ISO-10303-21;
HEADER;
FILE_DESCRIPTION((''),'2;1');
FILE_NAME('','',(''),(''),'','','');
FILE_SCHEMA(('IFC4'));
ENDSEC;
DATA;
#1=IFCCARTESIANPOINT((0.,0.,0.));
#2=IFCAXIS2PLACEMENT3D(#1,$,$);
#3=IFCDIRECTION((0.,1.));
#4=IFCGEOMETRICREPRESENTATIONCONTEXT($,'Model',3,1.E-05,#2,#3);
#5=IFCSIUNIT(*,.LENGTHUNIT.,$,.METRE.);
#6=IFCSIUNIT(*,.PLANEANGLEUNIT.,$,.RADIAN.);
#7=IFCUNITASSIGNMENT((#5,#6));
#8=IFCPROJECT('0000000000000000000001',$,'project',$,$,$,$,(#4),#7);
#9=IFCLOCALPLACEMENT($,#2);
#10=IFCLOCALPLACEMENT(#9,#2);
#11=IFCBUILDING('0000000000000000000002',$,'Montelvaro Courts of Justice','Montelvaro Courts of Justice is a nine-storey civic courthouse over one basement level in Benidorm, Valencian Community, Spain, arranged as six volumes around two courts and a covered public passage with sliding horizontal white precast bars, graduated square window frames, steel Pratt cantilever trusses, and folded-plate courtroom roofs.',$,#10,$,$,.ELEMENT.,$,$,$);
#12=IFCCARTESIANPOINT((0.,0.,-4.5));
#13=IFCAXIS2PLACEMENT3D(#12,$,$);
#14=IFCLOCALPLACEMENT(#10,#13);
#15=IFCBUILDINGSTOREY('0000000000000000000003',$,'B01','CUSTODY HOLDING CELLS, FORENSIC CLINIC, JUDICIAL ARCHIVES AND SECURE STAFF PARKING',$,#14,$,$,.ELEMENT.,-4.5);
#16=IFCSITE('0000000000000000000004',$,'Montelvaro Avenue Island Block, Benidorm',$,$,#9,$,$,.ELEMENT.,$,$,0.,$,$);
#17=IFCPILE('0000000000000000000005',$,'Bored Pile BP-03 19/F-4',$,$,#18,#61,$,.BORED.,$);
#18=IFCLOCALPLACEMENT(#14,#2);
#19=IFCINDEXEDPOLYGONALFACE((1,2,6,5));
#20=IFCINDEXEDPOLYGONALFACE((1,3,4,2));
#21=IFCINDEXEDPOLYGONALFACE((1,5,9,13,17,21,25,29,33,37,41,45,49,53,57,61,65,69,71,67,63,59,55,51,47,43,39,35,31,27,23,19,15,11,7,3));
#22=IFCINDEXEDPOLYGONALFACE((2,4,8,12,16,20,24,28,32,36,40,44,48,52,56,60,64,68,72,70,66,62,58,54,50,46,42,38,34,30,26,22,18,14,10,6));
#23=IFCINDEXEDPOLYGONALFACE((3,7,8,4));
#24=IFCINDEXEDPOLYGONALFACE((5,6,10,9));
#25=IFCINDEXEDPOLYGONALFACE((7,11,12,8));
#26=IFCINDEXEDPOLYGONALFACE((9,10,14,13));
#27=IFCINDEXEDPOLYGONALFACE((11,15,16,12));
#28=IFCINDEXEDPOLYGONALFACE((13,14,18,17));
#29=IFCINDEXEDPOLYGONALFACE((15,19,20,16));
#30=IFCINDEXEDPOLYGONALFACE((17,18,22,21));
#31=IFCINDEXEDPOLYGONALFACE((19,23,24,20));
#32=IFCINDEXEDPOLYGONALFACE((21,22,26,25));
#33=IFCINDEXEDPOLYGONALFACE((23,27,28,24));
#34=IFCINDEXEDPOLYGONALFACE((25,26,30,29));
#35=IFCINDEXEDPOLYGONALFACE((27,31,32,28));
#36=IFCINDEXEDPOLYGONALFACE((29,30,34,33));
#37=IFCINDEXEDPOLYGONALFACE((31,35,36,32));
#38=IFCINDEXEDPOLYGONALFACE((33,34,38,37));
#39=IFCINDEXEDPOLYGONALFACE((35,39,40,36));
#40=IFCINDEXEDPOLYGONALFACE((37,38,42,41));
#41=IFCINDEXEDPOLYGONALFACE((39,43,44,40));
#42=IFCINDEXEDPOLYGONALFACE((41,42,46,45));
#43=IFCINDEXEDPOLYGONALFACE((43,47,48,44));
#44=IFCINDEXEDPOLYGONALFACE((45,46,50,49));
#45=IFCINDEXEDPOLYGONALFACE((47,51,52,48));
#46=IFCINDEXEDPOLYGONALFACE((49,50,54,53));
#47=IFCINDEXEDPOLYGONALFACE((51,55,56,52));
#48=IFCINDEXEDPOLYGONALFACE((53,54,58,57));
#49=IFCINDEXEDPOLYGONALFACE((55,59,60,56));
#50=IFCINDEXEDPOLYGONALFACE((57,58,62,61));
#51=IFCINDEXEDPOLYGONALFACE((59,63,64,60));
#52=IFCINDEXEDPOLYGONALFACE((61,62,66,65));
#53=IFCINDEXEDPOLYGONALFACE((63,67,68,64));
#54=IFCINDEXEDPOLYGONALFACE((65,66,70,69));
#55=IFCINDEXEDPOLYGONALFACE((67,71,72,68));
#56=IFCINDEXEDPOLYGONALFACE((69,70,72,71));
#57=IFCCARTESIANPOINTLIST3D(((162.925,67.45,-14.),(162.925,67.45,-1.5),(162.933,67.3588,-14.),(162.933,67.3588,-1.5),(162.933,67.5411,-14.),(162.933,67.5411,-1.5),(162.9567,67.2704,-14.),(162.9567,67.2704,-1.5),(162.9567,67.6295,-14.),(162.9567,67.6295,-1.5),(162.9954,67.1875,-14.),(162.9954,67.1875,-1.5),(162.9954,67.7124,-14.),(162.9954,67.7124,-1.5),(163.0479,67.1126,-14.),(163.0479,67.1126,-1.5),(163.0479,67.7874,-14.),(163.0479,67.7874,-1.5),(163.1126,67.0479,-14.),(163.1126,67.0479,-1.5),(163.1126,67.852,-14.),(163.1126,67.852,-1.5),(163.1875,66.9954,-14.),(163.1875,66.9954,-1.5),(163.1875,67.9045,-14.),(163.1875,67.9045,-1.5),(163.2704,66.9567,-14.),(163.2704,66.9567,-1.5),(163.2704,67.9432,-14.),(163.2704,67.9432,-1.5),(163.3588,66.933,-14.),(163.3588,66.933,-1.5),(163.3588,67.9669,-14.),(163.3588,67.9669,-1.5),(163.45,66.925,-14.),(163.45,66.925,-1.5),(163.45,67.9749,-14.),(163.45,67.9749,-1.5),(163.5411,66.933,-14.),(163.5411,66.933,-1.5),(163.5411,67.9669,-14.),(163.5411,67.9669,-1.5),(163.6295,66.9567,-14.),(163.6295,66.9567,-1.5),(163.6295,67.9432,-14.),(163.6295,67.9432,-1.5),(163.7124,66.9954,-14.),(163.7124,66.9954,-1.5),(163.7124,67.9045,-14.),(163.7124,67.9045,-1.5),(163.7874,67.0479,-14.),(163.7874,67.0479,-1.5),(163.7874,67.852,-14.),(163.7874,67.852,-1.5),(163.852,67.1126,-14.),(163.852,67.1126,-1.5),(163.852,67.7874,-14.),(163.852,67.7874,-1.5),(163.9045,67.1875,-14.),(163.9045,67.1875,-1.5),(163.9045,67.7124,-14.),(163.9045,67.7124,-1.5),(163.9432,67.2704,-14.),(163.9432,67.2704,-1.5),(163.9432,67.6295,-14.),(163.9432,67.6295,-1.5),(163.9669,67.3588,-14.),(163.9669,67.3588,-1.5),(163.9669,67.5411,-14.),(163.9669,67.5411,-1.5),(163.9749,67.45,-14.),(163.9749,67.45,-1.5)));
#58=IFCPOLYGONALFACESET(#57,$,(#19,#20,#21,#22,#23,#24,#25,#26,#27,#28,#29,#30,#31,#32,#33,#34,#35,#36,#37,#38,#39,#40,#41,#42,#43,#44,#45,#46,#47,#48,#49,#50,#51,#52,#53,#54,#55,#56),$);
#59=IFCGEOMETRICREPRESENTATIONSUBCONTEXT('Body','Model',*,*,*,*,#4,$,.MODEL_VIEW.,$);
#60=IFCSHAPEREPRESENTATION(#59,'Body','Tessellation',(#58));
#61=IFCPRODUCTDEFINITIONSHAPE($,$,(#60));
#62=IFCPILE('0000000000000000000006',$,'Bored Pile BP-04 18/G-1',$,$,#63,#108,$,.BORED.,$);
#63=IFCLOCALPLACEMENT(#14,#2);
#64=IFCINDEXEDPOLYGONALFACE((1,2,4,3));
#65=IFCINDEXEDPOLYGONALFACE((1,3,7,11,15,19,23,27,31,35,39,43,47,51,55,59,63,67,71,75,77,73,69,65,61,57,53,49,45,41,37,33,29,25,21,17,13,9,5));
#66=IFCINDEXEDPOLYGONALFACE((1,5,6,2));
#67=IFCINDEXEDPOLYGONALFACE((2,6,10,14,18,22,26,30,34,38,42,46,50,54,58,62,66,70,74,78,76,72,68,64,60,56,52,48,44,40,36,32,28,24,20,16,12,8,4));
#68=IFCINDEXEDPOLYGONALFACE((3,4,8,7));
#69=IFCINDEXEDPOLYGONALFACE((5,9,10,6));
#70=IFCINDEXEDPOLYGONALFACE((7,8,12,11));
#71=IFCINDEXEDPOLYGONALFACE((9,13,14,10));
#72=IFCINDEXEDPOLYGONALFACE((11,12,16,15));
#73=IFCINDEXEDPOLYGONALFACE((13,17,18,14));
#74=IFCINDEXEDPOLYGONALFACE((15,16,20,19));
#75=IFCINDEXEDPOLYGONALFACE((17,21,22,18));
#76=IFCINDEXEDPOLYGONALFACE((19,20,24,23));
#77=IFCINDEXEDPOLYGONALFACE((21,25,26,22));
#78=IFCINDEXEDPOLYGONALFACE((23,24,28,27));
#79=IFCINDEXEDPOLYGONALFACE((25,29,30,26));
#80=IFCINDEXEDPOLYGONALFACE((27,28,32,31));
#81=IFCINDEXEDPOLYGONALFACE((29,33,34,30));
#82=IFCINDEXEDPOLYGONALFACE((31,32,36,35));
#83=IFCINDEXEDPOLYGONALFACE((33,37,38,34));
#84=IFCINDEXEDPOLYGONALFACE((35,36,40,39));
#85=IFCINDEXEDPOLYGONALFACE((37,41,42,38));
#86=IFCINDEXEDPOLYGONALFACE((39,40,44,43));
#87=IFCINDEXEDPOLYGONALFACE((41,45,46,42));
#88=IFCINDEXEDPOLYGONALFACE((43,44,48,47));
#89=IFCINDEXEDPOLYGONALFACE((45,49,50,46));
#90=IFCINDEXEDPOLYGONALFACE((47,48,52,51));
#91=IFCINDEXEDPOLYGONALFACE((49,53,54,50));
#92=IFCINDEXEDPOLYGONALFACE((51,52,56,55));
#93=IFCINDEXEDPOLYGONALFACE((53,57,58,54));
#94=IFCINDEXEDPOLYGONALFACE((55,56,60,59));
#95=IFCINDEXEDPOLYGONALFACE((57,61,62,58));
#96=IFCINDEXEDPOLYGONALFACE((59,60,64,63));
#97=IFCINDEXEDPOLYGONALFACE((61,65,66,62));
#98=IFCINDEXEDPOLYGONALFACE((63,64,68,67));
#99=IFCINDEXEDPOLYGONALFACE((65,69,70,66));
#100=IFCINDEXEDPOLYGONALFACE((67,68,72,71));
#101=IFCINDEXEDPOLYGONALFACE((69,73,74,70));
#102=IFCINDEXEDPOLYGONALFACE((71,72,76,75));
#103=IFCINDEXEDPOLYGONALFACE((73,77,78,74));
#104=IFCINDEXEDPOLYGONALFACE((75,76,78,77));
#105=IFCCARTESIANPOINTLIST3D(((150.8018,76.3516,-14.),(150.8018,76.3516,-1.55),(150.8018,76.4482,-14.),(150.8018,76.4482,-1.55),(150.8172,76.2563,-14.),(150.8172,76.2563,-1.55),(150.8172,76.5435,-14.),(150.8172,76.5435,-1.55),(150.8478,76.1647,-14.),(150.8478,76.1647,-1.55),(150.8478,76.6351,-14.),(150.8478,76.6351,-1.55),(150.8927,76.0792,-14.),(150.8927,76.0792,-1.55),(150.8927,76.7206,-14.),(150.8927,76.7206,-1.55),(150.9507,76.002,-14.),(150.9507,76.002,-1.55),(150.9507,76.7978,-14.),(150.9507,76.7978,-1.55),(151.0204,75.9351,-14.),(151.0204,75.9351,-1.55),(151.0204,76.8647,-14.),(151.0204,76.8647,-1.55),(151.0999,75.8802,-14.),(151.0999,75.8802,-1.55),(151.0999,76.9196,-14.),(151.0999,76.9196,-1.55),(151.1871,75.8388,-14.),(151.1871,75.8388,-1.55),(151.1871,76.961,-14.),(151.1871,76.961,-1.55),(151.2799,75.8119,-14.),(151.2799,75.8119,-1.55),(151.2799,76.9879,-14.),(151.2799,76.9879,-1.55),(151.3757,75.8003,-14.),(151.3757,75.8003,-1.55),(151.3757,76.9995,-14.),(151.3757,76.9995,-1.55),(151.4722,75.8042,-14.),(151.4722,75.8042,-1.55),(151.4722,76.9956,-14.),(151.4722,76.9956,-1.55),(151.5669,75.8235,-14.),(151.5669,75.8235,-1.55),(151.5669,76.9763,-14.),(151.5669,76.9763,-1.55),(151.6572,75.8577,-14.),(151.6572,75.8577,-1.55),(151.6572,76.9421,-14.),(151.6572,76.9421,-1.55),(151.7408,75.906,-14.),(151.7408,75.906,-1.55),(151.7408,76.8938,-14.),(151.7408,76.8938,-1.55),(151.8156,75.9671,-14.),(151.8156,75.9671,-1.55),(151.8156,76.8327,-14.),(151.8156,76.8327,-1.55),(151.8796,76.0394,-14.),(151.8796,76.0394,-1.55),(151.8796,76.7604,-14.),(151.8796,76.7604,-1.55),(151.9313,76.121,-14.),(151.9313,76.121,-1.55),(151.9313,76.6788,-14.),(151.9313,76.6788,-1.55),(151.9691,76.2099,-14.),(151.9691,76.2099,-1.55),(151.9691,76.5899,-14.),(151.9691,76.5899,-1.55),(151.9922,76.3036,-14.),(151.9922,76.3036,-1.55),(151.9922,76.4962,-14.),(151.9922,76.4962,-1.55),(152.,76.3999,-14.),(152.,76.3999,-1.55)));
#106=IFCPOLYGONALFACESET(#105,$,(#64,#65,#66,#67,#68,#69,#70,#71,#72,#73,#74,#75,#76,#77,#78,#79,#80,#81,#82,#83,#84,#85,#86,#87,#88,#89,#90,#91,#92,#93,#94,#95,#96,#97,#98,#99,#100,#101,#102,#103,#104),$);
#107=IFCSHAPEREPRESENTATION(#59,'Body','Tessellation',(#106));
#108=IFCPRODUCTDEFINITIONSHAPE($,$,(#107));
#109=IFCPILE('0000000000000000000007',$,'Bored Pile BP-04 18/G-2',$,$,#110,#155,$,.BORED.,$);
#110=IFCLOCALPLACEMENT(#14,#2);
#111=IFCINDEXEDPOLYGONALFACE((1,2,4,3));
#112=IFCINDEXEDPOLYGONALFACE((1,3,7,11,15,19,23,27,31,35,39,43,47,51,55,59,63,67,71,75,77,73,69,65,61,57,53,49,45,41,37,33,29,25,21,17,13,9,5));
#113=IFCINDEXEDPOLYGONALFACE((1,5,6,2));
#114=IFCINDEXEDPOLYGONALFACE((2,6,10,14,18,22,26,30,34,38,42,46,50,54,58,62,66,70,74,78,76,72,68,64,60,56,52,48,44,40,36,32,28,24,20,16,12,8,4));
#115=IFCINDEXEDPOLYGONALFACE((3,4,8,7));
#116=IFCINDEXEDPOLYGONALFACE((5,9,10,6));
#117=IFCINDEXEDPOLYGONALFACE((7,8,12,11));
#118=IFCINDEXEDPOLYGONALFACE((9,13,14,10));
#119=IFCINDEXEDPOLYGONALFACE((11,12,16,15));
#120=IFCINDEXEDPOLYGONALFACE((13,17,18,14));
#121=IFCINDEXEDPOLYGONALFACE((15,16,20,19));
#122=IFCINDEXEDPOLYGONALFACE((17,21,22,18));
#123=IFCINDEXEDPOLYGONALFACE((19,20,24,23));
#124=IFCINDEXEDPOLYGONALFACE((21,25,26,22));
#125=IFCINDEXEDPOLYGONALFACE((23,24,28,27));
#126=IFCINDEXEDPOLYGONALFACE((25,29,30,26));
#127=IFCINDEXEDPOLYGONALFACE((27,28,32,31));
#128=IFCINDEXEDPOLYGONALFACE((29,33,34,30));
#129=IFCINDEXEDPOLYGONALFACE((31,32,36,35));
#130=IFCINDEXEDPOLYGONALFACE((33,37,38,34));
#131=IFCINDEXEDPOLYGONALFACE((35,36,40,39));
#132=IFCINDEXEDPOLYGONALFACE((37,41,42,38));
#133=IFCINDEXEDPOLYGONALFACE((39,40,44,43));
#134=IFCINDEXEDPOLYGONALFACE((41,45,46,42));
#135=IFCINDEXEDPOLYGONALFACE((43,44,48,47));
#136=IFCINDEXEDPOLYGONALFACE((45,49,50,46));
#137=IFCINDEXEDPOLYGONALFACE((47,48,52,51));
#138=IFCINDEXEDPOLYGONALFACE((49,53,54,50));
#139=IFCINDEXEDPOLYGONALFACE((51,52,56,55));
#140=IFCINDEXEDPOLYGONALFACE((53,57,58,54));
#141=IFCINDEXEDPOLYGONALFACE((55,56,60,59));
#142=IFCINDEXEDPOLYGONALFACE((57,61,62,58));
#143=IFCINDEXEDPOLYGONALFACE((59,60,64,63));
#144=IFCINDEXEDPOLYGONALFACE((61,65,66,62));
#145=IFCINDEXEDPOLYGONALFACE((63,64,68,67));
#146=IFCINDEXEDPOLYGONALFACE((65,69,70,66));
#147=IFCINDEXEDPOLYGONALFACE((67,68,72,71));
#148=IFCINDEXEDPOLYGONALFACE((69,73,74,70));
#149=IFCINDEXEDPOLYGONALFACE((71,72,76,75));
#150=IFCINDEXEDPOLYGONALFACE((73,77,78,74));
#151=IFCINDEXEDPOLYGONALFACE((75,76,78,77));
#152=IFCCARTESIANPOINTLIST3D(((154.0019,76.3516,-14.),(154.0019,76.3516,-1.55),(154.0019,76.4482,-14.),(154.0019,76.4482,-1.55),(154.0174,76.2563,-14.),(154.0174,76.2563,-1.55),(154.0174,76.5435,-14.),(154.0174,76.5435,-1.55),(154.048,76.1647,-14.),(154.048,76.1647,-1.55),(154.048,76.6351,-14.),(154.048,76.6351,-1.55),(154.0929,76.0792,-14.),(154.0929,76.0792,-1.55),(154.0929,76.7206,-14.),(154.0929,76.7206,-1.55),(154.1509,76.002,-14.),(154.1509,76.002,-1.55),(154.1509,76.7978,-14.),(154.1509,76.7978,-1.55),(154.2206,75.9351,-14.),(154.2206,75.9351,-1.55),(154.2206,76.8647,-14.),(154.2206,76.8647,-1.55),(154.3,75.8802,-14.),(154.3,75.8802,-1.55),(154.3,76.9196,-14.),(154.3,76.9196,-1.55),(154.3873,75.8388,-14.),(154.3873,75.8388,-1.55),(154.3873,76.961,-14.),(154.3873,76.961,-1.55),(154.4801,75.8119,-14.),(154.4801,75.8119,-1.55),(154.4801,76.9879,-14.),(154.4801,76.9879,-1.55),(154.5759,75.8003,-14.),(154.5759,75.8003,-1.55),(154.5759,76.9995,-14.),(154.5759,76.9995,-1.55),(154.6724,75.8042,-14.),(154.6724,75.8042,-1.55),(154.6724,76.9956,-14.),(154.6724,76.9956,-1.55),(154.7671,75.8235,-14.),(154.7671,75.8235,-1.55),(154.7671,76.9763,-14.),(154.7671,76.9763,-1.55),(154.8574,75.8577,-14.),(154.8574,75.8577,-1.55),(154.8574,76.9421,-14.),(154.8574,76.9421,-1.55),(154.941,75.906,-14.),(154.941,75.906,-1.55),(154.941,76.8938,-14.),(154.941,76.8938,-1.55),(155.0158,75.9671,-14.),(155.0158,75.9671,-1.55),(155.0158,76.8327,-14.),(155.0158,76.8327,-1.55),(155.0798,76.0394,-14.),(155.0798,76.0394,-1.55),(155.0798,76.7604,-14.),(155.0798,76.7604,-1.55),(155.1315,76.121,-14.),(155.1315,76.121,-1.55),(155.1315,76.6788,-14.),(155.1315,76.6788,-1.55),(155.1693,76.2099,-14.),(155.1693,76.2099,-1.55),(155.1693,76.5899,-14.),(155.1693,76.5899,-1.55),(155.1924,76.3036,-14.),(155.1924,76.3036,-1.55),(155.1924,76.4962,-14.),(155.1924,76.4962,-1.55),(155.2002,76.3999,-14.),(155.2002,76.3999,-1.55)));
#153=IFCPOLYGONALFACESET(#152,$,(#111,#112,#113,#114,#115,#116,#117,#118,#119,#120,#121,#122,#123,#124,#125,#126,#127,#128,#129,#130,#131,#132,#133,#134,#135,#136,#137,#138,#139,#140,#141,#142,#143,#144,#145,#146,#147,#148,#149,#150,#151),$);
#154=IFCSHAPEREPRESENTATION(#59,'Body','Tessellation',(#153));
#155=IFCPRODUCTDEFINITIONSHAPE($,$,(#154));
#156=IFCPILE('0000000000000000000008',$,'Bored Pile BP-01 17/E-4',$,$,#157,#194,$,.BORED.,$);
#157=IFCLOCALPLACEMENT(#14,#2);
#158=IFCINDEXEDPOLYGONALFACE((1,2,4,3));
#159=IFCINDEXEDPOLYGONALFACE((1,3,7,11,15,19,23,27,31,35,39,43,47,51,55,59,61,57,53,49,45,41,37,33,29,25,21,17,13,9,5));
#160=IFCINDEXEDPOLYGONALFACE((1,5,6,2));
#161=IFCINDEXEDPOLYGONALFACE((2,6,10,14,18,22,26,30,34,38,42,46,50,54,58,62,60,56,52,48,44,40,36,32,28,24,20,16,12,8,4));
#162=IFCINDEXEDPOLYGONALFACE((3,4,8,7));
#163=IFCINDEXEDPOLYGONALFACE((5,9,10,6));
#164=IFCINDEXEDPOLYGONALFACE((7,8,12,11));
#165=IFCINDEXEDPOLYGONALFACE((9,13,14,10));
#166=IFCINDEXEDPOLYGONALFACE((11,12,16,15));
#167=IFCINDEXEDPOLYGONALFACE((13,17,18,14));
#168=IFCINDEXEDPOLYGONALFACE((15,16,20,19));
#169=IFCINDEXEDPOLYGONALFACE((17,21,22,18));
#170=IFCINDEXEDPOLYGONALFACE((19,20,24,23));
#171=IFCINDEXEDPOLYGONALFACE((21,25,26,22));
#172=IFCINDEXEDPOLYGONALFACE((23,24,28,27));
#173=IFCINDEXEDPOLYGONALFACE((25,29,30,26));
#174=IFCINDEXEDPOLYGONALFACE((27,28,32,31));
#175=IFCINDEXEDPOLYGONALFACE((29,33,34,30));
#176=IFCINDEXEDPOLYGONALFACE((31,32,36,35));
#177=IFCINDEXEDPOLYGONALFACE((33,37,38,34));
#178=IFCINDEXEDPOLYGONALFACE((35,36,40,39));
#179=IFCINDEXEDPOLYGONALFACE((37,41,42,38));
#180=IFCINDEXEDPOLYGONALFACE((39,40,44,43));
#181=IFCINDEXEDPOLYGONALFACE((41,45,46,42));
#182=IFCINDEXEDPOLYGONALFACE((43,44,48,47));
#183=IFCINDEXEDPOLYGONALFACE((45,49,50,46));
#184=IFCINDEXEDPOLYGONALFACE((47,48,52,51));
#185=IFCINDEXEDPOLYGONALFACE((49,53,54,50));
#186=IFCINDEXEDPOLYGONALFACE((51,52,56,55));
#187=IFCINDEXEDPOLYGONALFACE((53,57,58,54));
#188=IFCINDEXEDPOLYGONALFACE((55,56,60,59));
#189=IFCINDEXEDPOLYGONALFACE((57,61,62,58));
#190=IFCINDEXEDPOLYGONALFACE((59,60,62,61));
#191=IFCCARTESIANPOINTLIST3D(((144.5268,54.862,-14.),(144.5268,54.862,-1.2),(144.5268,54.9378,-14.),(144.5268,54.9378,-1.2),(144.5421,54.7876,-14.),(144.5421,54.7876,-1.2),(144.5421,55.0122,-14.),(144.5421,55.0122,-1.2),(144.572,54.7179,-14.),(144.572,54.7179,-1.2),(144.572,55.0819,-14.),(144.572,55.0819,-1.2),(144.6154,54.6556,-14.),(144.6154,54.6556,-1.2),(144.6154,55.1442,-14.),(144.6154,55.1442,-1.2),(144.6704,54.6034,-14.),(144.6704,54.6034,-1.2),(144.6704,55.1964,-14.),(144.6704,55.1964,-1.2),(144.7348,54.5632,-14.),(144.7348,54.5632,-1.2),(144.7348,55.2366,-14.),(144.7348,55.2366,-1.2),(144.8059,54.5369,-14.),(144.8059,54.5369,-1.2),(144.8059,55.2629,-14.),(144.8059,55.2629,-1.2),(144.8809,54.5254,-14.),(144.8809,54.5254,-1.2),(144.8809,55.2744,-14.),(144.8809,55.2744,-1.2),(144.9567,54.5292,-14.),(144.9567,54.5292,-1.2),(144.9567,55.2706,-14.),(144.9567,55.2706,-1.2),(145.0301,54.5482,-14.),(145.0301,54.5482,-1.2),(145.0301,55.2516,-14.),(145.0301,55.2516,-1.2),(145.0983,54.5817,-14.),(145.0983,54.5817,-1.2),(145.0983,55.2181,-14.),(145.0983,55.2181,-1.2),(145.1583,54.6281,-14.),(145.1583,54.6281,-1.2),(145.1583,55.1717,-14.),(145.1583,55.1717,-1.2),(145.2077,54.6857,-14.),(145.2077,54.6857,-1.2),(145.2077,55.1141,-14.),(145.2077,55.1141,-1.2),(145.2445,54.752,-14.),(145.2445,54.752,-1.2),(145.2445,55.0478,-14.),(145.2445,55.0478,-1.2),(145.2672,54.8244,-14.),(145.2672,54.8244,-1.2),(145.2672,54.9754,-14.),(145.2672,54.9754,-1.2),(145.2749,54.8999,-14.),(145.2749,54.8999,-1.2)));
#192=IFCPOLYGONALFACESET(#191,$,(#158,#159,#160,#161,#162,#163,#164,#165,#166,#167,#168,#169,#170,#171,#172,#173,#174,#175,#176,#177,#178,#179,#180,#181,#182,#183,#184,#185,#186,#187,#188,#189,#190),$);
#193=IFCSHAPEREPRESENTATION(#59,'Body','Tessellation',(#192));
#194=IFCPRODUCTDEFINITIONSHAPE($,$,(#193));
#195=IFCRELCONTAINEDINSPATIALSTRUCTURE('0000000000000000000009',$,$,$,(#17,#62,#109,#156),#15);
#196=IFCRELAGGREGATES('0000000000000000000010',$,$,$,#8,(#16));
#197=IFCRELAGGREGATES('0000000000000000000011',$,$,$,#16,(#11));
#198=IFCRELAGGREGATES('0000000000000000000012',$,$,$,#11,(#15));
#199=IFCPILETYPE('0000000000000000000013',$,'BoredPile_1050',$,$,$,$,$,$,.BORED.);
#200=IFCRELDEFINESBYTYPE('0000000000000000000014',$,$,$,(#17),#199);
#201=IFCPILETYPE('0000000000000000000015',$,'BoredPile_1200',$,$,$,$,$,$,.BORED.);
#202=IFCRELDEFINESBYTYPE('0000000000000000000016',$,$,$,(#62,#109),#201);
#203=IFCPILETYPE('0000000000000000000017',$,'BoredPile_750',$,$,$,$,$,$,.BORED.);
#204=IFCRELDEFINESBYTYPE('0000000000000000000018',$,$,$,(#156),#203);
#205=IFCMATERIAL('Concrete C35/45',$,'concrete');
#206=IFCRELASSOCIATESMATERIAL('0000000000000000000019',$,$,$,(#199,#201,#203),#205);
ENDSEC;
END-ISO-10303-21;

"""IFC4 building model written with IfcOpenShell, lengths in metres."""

from ifc_helpers import new_model, si_unit, direction, frame, origin, origin_2d, place, context, subcontext, project, spatial, circle, extrude, material, material_profile, profile_set, type_object, element, save


model = new_model("IFC4")

# Units and contexts
model_context = context("Model", 3, precision=1e-05, world=origin(), true_north=direction((0.0, 1.0)))
body_context = subcontext(model_context, "Body", "Model", "MODEL_VIEW")
ifc_project = project(units=[si_unit("LENGTHUNIT", "METRE"), si_unit("PLANEANGLEUNIT", "RADIAN")], contexts=[model_context])

# Site, building, storey
site_placement = place(None, origin())
site = spatial("IfcSite", under=ifc_project, at=site_placement, Name="Montelvaro Avenue Island Block, Benidorm", CompositionType="ELEMENT", RefElevation=0.0)
building_placement = place(site_placement, origin())
building = spatial("IfcBuilding", under=site, at=building_placement, Name="Montelvaro Courts of Justice", Description="Montelvaro Courts of Justice is a nine-storey civic courthouse over one basement level in Benidorm, Valencian Community, Spain, arranged as six volumes around two courts and a covered public passage with sliding horizontal white precast bars, graduated square window frames, steel Pratt cantilever trusses, and folded-plate courtroom roofs.", CompositionType="ELEMENT")
storey_placement = place(building_placement, frame((0.0, 0.0, -4.5)))
storey = spatial("IfcBuildingStorey", under=building, at=storey_placement, Name="B01", Description="CUSTODY HOLDING CELLS, FORENSIC CLINIC, JUDICIAL ARCHIVES AND SECURE STAFF PARKING", CompositionType="ELEMENT", Elevation=-4.5)

# Piles
ifc_material_1 = material(Name="Concrete C35/45", Category="concrete")
ifc_material_profile_1 = material_profile(ifc_material_1, circle(Radius=0.5249, at=origin_2d()), Name="BORED PILE D1050")
ifc_profile_set_1 = profile_set([ifc_material_profile_1], Name="Concrete C35/45")
pile_type_1 = type_object("IfcPileType", Name="BoredPile_1050", PredefinedType="BORED", material=ifc_profile_set_1)
for number, where, z_axis, x_axis, name in (
    (1, (163.45, 67.45, -1.5), (0.0, 0.0, -1.0), (1.0, 0.0, 0.0), "Bored Pile BP-03 19/F-4"),
):
    element("IfcPile", number, at=place(storey_placement, frame(where, z_axis=z_axis, x_axis=x_axis)), inside=storey, type_object=pile_type_1, Name=name, PredefinedType="BORED", context=body_context, shape_type="SweptSolid", body=[
        extrude(circle(Radius=0.5249, at=origin_2d()), origin(), (0.0, 0.0, 1.0), 12.5),
    ])
ifc_material_profile_2 = material_profile(ifc_material_1, circle(Radius=0.6001, at=origin_2d()), Name="BORED PILE D1200")
ifc_profile_set_2 = profile_set([ifc_material_profile_2], Name="Concrete C35/45")
pile_type_2 = type_object("IfcPileType", Name="BoredPile_1200", PredefinedType="BORED", material=ifc_profile_set_2)
for number, where, z_axis, x_axis, name in (
    (2, (151.3999, 76.3999, -1.55), (0.0, 0.0, -1.0), (1.0, 0.0, 0.0), "Bored Pile BP-04 18/G-1"),
    (3, (154.6001, 76.3999, -1.55), (0.0, 0.0, -1.0), (1.0, 0.0, 0.0), "Bored Pile BP-04 18/G-2"),
):
    element("IfcPile", number, at=place(storey_placement, frame(where, z_axis=z_axis, x_axis=x_axis)), inside=storey, type_object=pile_type_2, Name=name, PredefinedType="BORED", context=body_context, shape_type="SweptSolid", body=[
        extrude(circle(Radius=0.6001, at=origin_2d()), origin(), (0.0, 0.0, 1.0), 12.45),
    ])
ifc_material_profile_3 = material_profile(ifc_material_1, circle(Radius=0.375, at=origin_2d()), Name="BORED PILE D750")
ifc_profile_set_3 = profile_set([ifc_material_profile_3], Name="Concrete C35/45")
pile_type_3 = type_object("IfcPileType", Name="BoredPile_750", PredefinedType="BORED", material=ifc_profile_set_3)
pile_1_placement = place(storey_placement, frame((144.8999, 54.8999, -1.2), z_axis=(0.0, 0.0, -1.0), x_axis=(1.0, 0.0, 0.0)))
element("IfcPile", 4, at=pile_1_placement, inside=storey, type_object=pile_type_3, Name="Bored Pile BP-01 17/E-4", PredefinedType="BORED", context=body_context, shape_type="SweptSolid", body=[
    extrude(circle(Radius=0.375, at=origin_2d()), origin(), (0.0, 0.0, 1.0), 12.8),
])

save(model, "model.ifc")
